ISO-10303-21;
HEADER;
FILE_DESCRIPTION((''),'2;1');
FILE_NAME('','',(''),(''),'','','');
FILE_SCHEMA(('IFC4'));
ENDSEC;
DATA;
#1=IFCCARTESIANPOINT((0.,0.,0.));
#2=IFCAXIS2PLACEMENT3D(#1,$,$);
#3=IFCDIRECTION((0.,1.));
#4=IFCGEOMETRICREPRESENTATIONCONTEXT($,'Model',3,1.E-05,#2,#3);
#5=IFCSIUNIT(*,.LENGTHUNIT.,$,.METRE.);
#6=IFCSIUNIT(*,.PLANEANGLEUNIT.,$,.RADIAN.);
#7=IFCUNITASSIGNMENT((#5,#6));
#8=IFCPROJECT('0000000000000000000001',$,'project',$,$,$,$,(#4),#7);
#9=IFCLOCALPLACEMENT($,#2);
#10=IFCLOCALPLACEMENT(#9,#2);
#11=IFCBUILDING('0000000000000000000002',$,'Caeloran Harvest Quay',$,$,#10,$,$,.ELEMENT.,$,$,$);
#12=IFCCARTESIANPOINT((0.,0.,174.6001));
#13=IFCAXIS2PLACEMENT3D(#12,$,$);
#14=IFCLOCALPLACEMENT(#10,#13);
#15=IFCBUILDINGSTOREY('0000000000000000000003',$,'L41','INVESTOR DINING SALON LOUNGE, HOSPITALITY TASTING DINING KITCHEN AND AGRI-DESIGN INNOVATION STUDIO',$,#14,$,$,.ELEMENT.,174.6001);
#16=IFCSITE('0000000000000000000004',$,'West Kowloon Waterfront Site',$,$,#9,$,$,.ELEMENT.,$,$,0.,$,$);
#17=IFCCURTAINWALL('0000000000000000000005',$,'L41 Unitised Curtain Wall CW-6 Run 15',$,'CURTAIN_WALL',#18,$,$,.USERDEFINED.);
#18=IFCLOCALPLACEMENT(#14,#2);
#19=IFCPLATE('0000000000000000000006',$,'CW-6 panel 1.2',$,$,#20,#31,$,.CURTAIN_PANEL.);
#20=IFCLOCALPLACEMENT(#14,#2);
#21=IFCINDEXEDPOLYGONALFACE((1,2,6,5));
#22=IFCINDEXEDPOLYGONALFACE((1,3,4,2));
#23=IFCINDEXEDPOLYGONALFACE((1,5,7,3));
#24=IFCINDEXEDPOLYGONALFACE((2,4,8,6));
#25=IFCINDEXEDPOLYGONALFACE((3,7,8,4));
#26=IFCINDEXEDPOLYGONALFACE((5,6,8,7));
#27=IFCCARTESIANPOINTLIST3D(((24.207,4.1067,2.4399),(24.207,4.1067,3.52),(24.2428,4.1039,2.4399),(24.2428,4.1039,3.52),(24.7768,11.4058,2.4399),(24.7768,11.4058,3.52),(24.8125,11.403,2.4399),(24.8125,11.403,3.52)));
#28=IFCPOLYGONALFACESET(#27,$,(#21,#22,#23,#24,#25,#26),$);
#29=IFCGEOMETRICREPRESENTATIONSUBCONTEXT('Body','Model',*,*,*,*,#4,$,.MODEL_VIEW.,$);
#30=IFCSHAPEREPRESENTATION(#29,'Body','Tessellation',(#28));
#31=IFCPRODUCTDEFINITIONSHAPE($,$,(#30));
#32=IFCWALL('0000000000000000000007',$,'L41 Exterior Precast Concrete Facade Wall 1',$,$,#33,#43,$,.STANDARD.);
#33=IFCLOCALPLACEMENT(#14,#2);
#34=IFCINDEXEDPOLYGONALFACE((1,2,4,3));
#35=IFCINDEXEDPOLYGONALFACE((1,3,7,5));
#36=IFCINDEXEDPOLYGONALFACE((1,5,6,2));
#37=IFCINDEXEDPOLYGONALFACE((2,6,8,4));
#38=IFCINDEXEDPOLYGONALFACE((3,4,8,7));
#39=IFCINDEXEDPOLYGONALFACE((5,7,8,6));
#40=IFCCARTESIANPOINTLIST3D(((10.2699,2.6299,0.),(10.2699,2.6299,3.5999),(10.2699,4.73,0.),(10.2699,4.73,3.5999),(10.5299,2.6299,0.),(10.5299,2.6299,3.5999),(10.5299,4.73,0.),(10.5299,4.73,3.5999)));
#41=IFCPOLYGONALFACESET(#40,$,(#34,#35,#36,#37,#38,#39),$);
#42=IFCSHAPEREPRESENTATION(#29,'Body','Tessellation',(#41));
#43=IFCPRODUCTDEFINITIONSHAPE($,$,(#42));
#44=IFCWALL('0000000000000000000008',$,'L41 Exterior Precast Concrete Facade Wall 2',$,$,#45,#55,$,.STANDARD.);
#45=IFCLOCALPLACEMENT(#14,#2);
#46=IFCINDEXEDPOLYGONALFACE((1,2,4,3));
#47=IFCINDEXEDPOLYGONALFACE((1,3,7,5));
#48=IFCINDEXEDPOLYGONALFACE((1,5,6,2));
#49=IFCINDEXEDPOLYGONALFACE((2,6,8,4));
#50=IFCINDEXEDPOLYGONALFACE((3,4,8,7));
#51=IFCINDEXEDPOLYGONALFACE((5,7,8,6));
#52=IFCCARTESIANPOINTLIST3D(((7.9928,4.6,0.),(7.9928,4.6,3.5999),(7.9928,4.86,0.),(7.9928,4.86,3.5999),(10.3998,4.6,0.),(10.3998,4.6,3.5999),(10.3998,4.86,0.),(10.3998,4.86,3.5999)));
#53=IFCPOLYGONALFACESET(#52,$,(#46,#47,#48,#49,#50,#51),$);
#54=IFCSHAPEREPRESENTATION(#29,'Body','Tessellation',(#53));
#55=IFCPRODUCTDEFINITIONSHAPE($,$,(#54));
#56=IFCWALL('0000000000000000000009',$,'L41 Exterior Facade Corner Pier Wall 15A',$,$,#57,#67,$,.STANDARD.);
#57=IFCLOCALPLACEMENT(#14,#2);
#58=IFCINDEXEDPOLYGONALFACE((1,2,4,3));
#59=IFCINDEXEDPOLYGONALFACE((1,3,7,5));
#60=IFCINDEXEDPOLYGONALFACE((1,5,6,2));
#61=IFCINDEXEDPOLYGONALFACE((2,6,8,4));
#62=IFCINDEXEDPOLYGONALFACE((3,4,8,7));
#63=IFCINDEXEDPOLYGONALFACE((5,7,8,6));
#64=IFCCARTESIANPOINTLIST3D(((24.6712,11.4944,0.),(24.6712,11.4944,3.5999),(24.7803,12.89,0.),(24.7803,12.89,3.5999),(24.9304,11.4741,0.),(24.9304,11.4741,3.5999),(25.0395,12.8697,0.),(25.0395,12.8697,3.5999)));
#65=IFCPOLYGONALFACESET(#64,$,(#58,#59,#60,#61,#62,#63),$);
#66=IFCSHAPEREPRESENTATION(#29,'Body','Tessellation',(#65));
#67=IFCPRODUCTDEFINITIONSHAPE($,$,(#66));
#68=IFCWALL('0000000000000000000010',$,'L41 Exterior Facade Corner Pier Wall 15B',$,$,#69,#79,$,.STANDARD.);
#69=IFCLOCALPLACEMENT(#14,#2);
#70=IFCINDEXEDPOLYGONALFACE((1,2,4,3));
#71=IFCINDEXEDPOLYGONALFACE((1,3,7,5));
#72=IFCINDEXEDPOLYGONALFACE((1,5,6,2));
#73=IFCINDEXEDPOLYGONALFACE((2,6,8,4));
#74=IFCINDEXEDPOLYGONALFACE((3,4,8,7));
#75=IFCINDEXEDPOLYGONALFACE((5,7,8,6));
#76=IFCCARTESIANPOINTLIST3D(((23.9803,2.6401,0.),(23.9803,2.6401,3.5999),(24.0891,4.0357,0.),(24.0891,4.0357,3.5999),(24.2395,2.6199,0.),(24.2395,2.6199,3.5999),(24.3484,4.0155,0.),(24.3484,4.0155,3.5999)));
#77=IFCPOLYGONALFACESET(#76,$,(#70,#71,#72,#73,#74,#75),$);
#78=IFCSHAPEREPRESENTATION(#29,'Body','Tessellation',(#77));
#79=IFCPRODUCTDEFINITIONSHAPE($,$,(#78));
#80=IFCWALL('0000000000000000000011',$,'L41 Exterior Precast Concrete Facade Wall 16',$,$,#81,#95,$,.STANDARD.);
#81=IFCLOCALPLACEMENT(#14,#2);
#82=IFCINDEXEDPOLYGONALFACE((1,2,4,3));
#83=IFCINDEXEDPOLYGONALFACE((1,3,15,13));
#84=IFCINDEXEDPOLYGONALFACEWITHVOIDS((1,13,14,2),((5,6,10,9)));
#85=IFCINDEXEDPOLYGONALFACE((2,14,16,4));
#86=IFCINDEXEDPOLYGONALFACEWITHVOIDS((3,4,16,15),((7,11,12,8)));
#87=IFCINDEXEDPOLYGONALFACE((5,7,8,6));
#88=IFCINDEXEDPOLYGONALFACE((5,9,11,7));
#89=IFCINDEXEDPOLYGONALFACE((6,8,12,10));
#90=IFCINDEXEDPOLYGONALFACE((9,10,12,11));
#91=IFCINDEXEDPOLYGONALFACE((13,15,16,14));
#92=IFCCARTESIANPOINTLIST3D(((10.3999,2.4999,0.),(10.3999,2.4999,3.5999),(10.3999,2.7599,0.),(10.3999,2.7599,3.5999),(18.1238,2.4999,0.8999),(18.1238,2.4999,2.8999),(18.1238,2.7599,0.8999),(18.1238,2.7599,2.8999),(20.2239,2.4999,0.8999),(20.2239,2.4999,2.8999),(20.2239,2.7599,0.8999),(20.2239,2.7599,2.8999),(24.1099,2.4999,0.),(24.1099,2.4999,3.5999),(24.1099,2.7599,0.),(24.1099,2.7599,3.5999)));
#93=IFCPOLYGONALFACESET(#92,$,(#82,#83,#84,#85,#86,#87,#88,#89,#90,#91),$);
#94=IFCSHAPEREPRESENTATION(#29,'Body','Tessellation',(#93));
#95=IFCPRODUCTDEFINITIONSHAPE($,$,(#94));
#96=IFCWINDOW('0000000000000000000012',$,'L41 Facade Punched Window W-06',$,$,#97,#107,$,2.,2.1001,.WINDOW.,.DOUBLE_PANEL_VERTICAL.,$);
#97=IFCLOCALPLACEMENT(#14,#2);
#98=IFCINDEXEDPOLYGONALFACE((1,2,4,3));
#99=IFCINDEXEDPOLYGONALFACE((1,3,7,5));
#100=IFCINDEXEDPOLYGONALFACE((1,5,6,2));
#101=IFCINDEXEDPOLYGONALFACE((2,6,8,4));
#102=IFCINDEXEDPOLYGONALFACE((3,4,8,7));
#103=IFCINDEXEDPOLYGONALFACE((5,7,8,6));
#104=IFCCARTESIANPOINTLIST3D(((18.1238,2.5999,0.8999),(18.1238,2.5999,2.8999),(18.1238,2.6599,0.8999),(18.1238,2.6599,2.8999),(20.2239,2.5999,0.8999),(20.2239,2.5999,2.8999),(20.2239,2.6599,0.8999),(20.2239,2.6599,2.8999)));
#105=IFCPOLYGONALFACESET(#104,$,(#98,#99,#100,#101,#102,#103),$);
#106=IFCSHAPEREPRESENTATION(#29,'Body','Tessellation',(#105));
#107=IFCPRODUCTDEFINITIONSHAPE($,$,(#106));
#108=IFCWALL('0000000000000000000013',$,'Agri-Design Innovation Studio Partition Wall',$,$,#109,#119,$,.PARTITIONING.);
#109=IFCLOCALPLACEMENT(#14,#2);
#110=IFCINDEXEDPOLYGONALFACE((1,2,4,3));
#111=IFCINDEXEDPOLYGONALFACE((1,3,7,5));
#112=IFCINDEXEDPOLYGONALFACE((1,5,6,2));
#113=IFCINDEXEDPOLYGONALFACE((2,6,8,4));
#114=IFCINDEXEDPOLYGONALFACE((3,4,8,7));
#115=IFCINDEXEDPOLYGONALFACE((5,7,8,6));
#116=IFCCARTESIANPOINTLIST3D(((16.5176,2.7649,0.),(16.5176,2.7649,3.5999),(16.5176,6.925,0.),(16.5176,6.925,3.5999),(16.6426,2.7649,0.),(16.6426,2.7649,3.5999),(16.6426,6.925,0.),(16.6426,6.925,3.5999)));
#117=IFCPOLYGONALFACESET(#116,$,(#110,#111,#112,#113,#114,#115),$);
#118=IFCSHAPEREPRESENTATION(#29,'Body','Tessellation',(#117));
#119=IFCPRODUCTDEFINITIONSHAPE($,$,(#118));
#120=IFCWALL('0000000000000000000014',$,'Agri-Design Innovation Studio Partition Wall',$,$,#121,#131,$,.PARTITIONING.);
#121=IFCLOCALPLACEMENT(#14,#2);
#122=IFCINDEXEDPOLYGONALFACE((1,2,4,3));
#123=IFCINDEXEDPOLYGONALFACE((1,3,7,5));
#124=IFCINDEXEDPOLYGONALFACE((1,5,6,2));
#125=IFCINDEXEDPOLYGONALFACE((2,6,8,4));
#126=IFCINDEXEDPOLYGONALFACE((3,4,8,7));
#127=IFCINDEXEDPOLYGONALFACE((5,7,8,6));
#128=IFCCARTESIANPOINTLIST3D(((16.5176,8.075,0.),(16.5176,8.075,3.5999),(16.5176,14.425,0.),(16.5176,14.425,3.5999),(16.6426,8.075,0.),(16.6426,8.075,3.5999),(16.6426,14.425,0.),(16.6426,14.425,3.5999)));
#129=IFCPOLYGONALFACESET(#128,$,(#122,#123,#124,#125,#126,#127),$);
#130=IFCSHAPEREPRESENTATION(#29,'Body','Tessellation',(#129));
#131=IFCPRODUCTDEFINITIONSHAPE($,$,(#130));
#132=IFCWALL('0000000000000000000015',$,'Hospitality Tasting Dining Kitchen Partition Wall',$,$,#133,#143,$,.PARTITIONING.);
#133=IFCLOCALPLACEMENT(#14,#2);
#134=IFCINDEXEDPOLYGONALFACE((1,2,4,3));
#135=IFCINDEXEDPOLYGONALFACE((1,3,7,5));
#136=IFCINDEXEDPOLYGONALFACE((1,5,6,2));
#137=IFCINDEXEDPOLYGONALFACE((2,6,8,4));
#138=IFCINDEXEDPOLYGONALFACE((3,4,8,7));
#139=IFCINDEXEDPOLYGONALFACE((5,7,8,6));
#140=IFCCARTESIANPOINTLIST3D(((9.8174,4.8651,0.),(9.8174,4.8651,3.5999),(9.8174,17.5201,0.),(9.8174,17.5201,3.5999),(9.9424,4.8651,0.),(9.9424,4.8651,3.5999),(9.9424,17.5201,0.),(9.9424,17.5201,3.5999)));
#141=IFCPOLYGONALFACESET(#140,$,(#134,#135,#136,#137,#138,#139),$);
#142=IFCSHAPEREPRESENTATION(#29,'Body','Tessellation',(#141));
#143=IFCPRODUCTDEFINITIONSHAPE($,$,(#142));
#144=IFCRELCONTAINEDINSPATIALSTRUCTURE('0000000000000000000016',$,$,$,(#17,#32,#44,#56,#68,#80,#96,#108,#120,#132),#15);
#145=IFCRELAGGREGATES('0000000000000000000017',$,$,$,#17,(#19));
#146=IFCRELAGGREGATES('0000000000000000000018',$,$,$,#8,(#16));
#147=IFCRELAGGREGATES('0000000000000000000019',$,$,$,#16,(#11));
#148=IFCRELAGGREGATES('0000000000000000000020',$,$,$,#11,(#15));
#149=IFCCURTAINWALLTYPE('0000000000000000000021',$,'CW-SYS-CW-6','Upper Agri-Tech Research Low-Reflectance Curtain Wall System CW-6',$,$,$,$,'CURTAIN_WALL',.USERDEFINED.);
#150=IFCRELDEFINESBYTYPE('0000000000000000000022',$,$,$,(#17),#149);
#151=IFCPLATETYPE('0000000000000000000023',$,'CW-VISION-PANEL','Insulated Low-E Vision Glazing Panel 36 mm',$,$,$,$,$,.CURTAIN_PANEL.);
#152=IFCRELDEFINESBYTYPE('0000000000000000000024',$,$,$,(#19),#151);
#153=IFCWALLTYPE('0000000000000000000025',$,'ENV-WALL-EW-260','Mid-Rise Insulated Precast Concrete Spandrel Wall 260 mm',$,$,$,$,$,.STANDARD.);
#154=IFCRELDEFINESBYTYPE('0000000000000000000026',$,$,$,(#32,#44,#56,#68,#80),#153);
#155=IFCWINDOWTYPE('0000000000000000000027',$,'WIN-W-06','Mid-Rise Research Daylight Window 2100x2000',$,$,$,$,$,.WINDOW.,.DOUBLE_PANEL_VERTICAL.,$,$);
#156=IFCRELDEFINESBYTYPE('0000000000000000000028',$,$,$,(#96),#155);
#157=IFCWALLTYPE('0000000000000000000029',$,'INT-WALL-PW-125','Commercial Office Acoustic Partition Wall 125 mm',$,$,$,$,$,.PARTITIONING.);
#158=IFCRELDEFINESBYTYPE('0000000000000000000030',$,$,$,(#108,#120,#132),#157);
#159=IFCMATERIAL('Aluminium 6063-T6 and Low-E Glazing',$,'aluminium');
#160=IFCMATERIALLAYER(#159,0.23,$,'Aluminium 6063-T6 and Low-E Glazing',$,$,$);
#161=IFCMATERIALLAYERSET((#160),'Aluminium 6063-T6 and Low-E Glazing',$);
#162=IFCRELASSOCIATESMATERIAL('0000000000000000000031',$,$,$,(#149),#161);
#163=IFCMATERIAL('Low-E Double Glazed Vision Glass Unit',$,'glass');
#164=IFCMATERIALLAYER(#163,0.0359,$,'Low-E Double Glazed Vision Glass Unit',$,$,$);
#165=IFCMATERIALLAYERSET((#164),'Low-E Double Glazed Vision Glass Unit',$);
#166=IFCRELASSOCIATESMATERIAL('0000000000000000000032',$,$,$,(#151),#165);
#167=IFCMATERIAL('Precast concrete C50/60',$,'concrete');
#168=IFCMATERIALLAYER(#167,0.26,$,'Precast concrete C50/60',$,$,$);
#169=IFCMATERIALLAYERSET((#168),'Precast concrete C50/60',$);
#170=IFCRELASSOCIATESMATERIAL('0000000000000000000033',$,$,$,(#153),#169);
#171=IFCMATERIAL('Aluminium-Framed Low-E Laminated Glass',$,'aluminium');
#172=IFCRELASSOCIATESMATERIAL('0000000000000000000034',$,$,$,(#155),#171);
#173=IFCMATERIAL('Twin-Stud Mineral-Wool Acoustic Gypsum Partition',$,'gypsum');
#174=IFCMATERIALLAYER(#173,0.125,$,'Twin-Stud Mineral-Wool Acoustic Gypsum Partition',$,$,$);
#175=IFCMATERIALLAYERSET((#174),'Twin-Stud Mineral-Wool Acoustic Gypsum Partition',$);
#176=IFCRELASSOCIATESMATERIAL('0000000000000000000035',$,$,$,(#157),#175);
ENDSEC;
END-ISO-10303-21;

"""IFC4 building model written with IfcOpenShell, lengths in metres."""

from ifc_helpers import new_model, si_unit, direction, frame, frame_2d, origin, origin_2d, place, context, subcontext, project, spatial, rectangle, extrude, material, layer, layer_set, type_object, element, fill, aggregate, save


model = new_model("IFC4")

# Units and contexts
model_context = context("Model", 3, precision=1e-05, world=origin(), true_north=direction((0.0, 1.0)))
body_context = subcontext(model_context, "Body", "Model", "MODEL_VIEW")
ifc_project = project(units=[si_unit("LENGTHUNIT", "METRE"), si_unit("PLANEANGLEUNIT", "RADIAN")], contexts=[model_context])

# Site, building, storey
site_placement = place(None, origin())
site = spatial("IfcSite", under=ifc_project, at=site_placement, Name="West Kowloon Waterfront Site", CompositionType="ELEMENT", RefElevation=0.0)
building_placement = place(site_placement, origin())
building = spatial("IfcBuilding", under=site, at=building_placement, Name="Caeloran Harvest Quay", CompositionType="ELEMENT")
storey_placement = place(building_placement, frame((0.0, 0.0, 174.6001)))
storey = spatial("IfcBuildingStorey", under=building, at=storey_placement, Name="L41", Description="INVESTOR DINING SALON LOUNGE, HOSPITALITY TASTING DINING KITCHEN AND AGRI-DESIGN INNOVATION STUDIO", CompositionType="ELEMENT", Elevation=174.6001)

# Curtain wall, plate
ifc_material_1 = material(Name="Aluminium 6063-T6 and Low-E Glazing", Category="aluminium")
ifc_layer_1 = layer(ifc_material_1, 0.23, Name="Aluminium 6063-T6 and Low-E Glazing")
ifc_layer_set_1 = layer_set([ifc_layer_1], Name="Aluminium 6063-T6 and Low-E Glazing")
curtain_wall_type = type_object("IfcCurtainWallType", Name="CW-SYS-CW-6", Description="Upper Agri-Tech Research Low-Reflectance Curtain Wall System CW-6", ElementType="CURTAIN_WALL", PredefinedType="USERDEFINED", material=ifc_layer_set_1)
curtain_wall_placement = place(storey_placement, origin())
curtain_wall = element("IfcCurtainWall", 1, at=curtain_wall_placement, inside=storey, type_object=curtain_wall_type, Name="L41 Unitised Curtain Wall CW-6 Run 15", ObjectType="CURTAIN_WALL", PredefinedType="USERDEFINED")
ifc_material_2 = material(Name="Low-E Double Glazed Vision Glass Unit", Category="glass")
ifc_layer_2 = layer(ifc_material_2, 0.0359, Name="Low-E Double Glazed Vision Glass Unit")
ifc_layer_set_2 = layer_set([ifc_layer_2], Name="Low-E Double Glazed Vision Glass Unit")
plate_type = type_object("IfcPlateType", Name="CW-VISION-PANEL", Description="Insulated Low-E Vision Glazing Panel 36 mm", PredefinedType="CURTAIN_PANEL", material=ifc_layer_set_2)
plate_1_placement = place(storey_placement, frame((24.5098, 7.7549, 2.4399), z_axis=(0.0, 0.0, 1.0), x_axis=(-0.077822, -0.996967, 0.0)))
plate_1 = element("IfcPlate", 2, at=plate_1_placement, type_object=plate_type, Name="CW-6 panel 1.2", PredefinedType="CURTAIN_PANEL", context=body_context, shape_type="SweptSolid", body=[
    extrude(rectangle(XDim=7.3213, YDim=0.0359, at=origin_2d()), origin(), (0.0, 0.0, 1.0), 1.0801),
])
aggregate(curtain_wall, [plate_1])

# Walls
ifc_material_3 = material(Name="Precast concrete C50/60", Category="concrete")
ifc_layer_3 = layer(ifc_material_3, 0.26, Name="Precast concrete C50/60")
ifc_layer_set_3 = layer_set([ifc_layer_3], Name="Precast concrete C50/60")
wall_type_1 = type_object("IfcWallType", Name="ENV-WALL-EW-260", Description="Mid-Rise Insulated Precast Concrete Spandrel Wall 260 mm", PredefinedType="STANDARD", material=ifc_layer_set_3)
wall_1_placement = place(storey_placement, frame((10.3999, 2.6299, 0.0), z_axis=(0.0, 0.0, 1.0), x_axis=(0.0, 1.0, 0.0)))
element("IfcWall", 3, at=wall_1_placement, inside=storey, type_object=wall_type_1, Name="L41 Exterior Precast Concrete Facade Wall 1", PredefinedType="STANDARD", context=body_context, shape_type="SweptSolid", body=[
    extrude(rectangle(XDim=2.1001, YDim=0.26, at=frame_2d((1.05, 0.0))), origin(), (0.0, 0.0, 1.0), 3.5999),
])
wall_2_placement = place(storey_placement, frame((10.3999, 4.73, 0.0), z_axis=(0.0, 0.0, 1.0), x_axis=(-1.0, 0.0, 0.0)))
element("IfcWall", 4, at=wall_2_placement, inside=storey, type_object=wall_type_1, Name="L41 Exterior Precast Concrete Facade Wall 2", PredefinedType="STANDARD", context=body_context, shape_type="SweptSolid", body=[
    extrude(rectangle(XDim=2.407, YDim=0.26, at=frame_2d((1.2036, 0.0))), origin(), (0.0, 0.0, 1.0), 3.5999),
])
for number, where, z_axis, x_axis, name in (
    (5, (24.9099, 12.8799, 0.0), (0.0, 0.0, 1.0), (-0.07795, -0.996957, 0.0), "L41 Exterior Facade Corner Pier Wall 15A"),
    (6, (24.2188, 4.0256, 0.0), (0.0, 0.0, 1.0), (-0.077777, -0.996971, 0.0), "L41 Exterior Facade Corner Pier Wall 15B"),
):
    element("IfcWall", number, at=place(storey_placement, frame(where, z_axis=z_axis, x_axis=x_axis)), inside=storey, type_object=wall_type_1, Name=name, PredefinedType="STANDARD", context=body_context, shape_type="SweptSolid", body=[
        extrude(rectangle(XDim=1.3999, YDim=0.26, at=frame_2d((0.7, 0.0))), origin(), (0.0, 0.0, 1.0), 3.5999),
    ])

# Wall, opening, window
wall_3_placement = place(storey_placement, frame((24.1099, 2.6299, 0.0), z_axis=(0.0, 0.0, 1.0), x_axis=(-1.0, 0.0, 0.0)))
wall_3 = element("IfcWall", 7, at=wall_3_placement, inside=storey, type_object=wall_type_1, Name="L41 Exterior Precast Concrete Facade Wall 16", PredefinedType="STANDARD", context=body_context, shape_type="SweptSolid", body=[
    extrude(rectangle(XDim=13.71, YDim=0.26, at=frame_2d((6.855, 0.0))), origin(), (0.0, 0.0, 1.0), 3.5999),
])
opening_placement = place(wall_3_placement, frame((3.886, 0.0, 0.8999)))
opening = element("IfcOpeningElement", 8, at=opening_placement, cuts=wall_3, PredefinedType="OPENING", context=body_context, shape_type="SweptSolid", body=[
    extrude(rectangle(XDim=2.1001, YDim=2.0, at=frame_2d((1.05, 1.0))), frame((0.0, 0.1401, 0.0), z_axis=(0.0, -1.0, 0.0), x_axis=(1.0, 0.0, 0.0)), (0.0, 0.0, 1.0), 0.28),
])
ifc_material_4 = material(Name="Aluminium-Framed Low-E Laminated Glass", Category="aluminium")
window_type = type_object("IfcWindowType", Name="WIN-W-06", Description="Mid-Rise Research Daylight Window 2100x2000", PartitioningType="DOUBLE_PANEL_VERTICAL", PredefinedType="WINDOW", material=ifc_material_4)
window_placement = place(opening_placement, origin())
window = element("IfcWindow", 9, at=window_placement, inside=storey, type_object=window_type, Name="L41 Facade Punched Window W-06", OverallHeight=2.0, OverallWidth=2.1001, PartitioningType="DOUBLE_PANEL_VERTICAL", PredefinedType="WINDOW", context=body_context, shape_type="SweptSolid", body=[
    extrude(rectangle(XDim=2.1001, YDim=2.0, at=frame_2d((1.05, 1.0))), frame((0.0, 0.03, 0.0), z_axis=(0.0, -1.0, 0.0), x_axis=(1.0, 0.0, 0.0)), (0.0, 0.0, 1.0), 0.0601),
])
fill(opening, window)

# Walls
ifc_material_5 = material(Name="Twin-Stud Mineral-Wool Acoustic Gypsum Partition", Category="gypsum")
ifc_layer_4 = layer(ifc_material_5, 0.125, Name="Twin-Stud Mineral-Wool Acoustic Gypsum Partition")
ifc_layer_set_4 = layer_set([ifc_layer_4], Name="Twin-Stud Mineral-Wool Acoustic Gypsum Partition")
wall_type_2 = type_object("IfcWallType", Name="INT-WALL-PW-125", Description="Commercial Office Acoustic Partition Wall 125 mm", PredefinedType="PARTITIONING", material=ifc_layer_set_4)
wall_4_placement = place(storey_placement, frame((16.5801, 2.7649, 0.0), z_axis=(0.0, 0.0, 1.0), x_axis=(0.0, 1.0, 0.0)))
element("IfcWall", 10, at=wall_4_placement, inside=storey, type_object=wall_type_2, Name="Agri-Design Innovation Studio Partition Wall", PredefinedType="PARTITIONING", context=body_context, shape_type="SweptSolid", body=[
    extrude(rectangle(XDim=4.1602, YDim=0.125, at=frame_2d((2.0801, 0.0))), origin(), (0.0, 0.0, 1.0), 3.5999),
])
wall_5_placement = place(storey_placement, frame((16.5801, 8.075, 0.0), z_axis=(0.0, 0.0, 1.0), x_axis=(0.0, 1.0, 0.0)))
element("IfcWall", 11, at=wall_5_placement, inside=storey, type_object=wall_type_2, Name="Agri-Design Innovation Studio Partition Wall", PredefinedType="PARTITIONING", context=body_context, shape_type="SweptSolid", body=[
    extrude(rectangle(XDim=6.3501, YDim=0.125, at=frame_2d((3.175, 0.0))), origin(), (0.0, 0.0, 1.0), 3.5999),
])
wall_6_placement = place(storey_placement, frame((9.8799, 4.865, 0.0), z_axis=(0.0, 0.0, 1.0), x_axis=(0.0, 1.0, 0.0)))
element("IfcWall", 12, at=wall_6_placement, inside=storey, type_object=wall_type_2, Name="Hospitality Tasting Dining Kitchen Partition Wall", PredefinedType="PARTITIONING", context=body_context, shape_type="SweptSolid", body=[
    extrude(rectangle(XDim=12.655, YDim=0.125, at=frame_2d((6.3276, 0.0))), origin(), (0.0, 0.0, 1.0), 3.5999),
])

save(model, "model.ifc")
